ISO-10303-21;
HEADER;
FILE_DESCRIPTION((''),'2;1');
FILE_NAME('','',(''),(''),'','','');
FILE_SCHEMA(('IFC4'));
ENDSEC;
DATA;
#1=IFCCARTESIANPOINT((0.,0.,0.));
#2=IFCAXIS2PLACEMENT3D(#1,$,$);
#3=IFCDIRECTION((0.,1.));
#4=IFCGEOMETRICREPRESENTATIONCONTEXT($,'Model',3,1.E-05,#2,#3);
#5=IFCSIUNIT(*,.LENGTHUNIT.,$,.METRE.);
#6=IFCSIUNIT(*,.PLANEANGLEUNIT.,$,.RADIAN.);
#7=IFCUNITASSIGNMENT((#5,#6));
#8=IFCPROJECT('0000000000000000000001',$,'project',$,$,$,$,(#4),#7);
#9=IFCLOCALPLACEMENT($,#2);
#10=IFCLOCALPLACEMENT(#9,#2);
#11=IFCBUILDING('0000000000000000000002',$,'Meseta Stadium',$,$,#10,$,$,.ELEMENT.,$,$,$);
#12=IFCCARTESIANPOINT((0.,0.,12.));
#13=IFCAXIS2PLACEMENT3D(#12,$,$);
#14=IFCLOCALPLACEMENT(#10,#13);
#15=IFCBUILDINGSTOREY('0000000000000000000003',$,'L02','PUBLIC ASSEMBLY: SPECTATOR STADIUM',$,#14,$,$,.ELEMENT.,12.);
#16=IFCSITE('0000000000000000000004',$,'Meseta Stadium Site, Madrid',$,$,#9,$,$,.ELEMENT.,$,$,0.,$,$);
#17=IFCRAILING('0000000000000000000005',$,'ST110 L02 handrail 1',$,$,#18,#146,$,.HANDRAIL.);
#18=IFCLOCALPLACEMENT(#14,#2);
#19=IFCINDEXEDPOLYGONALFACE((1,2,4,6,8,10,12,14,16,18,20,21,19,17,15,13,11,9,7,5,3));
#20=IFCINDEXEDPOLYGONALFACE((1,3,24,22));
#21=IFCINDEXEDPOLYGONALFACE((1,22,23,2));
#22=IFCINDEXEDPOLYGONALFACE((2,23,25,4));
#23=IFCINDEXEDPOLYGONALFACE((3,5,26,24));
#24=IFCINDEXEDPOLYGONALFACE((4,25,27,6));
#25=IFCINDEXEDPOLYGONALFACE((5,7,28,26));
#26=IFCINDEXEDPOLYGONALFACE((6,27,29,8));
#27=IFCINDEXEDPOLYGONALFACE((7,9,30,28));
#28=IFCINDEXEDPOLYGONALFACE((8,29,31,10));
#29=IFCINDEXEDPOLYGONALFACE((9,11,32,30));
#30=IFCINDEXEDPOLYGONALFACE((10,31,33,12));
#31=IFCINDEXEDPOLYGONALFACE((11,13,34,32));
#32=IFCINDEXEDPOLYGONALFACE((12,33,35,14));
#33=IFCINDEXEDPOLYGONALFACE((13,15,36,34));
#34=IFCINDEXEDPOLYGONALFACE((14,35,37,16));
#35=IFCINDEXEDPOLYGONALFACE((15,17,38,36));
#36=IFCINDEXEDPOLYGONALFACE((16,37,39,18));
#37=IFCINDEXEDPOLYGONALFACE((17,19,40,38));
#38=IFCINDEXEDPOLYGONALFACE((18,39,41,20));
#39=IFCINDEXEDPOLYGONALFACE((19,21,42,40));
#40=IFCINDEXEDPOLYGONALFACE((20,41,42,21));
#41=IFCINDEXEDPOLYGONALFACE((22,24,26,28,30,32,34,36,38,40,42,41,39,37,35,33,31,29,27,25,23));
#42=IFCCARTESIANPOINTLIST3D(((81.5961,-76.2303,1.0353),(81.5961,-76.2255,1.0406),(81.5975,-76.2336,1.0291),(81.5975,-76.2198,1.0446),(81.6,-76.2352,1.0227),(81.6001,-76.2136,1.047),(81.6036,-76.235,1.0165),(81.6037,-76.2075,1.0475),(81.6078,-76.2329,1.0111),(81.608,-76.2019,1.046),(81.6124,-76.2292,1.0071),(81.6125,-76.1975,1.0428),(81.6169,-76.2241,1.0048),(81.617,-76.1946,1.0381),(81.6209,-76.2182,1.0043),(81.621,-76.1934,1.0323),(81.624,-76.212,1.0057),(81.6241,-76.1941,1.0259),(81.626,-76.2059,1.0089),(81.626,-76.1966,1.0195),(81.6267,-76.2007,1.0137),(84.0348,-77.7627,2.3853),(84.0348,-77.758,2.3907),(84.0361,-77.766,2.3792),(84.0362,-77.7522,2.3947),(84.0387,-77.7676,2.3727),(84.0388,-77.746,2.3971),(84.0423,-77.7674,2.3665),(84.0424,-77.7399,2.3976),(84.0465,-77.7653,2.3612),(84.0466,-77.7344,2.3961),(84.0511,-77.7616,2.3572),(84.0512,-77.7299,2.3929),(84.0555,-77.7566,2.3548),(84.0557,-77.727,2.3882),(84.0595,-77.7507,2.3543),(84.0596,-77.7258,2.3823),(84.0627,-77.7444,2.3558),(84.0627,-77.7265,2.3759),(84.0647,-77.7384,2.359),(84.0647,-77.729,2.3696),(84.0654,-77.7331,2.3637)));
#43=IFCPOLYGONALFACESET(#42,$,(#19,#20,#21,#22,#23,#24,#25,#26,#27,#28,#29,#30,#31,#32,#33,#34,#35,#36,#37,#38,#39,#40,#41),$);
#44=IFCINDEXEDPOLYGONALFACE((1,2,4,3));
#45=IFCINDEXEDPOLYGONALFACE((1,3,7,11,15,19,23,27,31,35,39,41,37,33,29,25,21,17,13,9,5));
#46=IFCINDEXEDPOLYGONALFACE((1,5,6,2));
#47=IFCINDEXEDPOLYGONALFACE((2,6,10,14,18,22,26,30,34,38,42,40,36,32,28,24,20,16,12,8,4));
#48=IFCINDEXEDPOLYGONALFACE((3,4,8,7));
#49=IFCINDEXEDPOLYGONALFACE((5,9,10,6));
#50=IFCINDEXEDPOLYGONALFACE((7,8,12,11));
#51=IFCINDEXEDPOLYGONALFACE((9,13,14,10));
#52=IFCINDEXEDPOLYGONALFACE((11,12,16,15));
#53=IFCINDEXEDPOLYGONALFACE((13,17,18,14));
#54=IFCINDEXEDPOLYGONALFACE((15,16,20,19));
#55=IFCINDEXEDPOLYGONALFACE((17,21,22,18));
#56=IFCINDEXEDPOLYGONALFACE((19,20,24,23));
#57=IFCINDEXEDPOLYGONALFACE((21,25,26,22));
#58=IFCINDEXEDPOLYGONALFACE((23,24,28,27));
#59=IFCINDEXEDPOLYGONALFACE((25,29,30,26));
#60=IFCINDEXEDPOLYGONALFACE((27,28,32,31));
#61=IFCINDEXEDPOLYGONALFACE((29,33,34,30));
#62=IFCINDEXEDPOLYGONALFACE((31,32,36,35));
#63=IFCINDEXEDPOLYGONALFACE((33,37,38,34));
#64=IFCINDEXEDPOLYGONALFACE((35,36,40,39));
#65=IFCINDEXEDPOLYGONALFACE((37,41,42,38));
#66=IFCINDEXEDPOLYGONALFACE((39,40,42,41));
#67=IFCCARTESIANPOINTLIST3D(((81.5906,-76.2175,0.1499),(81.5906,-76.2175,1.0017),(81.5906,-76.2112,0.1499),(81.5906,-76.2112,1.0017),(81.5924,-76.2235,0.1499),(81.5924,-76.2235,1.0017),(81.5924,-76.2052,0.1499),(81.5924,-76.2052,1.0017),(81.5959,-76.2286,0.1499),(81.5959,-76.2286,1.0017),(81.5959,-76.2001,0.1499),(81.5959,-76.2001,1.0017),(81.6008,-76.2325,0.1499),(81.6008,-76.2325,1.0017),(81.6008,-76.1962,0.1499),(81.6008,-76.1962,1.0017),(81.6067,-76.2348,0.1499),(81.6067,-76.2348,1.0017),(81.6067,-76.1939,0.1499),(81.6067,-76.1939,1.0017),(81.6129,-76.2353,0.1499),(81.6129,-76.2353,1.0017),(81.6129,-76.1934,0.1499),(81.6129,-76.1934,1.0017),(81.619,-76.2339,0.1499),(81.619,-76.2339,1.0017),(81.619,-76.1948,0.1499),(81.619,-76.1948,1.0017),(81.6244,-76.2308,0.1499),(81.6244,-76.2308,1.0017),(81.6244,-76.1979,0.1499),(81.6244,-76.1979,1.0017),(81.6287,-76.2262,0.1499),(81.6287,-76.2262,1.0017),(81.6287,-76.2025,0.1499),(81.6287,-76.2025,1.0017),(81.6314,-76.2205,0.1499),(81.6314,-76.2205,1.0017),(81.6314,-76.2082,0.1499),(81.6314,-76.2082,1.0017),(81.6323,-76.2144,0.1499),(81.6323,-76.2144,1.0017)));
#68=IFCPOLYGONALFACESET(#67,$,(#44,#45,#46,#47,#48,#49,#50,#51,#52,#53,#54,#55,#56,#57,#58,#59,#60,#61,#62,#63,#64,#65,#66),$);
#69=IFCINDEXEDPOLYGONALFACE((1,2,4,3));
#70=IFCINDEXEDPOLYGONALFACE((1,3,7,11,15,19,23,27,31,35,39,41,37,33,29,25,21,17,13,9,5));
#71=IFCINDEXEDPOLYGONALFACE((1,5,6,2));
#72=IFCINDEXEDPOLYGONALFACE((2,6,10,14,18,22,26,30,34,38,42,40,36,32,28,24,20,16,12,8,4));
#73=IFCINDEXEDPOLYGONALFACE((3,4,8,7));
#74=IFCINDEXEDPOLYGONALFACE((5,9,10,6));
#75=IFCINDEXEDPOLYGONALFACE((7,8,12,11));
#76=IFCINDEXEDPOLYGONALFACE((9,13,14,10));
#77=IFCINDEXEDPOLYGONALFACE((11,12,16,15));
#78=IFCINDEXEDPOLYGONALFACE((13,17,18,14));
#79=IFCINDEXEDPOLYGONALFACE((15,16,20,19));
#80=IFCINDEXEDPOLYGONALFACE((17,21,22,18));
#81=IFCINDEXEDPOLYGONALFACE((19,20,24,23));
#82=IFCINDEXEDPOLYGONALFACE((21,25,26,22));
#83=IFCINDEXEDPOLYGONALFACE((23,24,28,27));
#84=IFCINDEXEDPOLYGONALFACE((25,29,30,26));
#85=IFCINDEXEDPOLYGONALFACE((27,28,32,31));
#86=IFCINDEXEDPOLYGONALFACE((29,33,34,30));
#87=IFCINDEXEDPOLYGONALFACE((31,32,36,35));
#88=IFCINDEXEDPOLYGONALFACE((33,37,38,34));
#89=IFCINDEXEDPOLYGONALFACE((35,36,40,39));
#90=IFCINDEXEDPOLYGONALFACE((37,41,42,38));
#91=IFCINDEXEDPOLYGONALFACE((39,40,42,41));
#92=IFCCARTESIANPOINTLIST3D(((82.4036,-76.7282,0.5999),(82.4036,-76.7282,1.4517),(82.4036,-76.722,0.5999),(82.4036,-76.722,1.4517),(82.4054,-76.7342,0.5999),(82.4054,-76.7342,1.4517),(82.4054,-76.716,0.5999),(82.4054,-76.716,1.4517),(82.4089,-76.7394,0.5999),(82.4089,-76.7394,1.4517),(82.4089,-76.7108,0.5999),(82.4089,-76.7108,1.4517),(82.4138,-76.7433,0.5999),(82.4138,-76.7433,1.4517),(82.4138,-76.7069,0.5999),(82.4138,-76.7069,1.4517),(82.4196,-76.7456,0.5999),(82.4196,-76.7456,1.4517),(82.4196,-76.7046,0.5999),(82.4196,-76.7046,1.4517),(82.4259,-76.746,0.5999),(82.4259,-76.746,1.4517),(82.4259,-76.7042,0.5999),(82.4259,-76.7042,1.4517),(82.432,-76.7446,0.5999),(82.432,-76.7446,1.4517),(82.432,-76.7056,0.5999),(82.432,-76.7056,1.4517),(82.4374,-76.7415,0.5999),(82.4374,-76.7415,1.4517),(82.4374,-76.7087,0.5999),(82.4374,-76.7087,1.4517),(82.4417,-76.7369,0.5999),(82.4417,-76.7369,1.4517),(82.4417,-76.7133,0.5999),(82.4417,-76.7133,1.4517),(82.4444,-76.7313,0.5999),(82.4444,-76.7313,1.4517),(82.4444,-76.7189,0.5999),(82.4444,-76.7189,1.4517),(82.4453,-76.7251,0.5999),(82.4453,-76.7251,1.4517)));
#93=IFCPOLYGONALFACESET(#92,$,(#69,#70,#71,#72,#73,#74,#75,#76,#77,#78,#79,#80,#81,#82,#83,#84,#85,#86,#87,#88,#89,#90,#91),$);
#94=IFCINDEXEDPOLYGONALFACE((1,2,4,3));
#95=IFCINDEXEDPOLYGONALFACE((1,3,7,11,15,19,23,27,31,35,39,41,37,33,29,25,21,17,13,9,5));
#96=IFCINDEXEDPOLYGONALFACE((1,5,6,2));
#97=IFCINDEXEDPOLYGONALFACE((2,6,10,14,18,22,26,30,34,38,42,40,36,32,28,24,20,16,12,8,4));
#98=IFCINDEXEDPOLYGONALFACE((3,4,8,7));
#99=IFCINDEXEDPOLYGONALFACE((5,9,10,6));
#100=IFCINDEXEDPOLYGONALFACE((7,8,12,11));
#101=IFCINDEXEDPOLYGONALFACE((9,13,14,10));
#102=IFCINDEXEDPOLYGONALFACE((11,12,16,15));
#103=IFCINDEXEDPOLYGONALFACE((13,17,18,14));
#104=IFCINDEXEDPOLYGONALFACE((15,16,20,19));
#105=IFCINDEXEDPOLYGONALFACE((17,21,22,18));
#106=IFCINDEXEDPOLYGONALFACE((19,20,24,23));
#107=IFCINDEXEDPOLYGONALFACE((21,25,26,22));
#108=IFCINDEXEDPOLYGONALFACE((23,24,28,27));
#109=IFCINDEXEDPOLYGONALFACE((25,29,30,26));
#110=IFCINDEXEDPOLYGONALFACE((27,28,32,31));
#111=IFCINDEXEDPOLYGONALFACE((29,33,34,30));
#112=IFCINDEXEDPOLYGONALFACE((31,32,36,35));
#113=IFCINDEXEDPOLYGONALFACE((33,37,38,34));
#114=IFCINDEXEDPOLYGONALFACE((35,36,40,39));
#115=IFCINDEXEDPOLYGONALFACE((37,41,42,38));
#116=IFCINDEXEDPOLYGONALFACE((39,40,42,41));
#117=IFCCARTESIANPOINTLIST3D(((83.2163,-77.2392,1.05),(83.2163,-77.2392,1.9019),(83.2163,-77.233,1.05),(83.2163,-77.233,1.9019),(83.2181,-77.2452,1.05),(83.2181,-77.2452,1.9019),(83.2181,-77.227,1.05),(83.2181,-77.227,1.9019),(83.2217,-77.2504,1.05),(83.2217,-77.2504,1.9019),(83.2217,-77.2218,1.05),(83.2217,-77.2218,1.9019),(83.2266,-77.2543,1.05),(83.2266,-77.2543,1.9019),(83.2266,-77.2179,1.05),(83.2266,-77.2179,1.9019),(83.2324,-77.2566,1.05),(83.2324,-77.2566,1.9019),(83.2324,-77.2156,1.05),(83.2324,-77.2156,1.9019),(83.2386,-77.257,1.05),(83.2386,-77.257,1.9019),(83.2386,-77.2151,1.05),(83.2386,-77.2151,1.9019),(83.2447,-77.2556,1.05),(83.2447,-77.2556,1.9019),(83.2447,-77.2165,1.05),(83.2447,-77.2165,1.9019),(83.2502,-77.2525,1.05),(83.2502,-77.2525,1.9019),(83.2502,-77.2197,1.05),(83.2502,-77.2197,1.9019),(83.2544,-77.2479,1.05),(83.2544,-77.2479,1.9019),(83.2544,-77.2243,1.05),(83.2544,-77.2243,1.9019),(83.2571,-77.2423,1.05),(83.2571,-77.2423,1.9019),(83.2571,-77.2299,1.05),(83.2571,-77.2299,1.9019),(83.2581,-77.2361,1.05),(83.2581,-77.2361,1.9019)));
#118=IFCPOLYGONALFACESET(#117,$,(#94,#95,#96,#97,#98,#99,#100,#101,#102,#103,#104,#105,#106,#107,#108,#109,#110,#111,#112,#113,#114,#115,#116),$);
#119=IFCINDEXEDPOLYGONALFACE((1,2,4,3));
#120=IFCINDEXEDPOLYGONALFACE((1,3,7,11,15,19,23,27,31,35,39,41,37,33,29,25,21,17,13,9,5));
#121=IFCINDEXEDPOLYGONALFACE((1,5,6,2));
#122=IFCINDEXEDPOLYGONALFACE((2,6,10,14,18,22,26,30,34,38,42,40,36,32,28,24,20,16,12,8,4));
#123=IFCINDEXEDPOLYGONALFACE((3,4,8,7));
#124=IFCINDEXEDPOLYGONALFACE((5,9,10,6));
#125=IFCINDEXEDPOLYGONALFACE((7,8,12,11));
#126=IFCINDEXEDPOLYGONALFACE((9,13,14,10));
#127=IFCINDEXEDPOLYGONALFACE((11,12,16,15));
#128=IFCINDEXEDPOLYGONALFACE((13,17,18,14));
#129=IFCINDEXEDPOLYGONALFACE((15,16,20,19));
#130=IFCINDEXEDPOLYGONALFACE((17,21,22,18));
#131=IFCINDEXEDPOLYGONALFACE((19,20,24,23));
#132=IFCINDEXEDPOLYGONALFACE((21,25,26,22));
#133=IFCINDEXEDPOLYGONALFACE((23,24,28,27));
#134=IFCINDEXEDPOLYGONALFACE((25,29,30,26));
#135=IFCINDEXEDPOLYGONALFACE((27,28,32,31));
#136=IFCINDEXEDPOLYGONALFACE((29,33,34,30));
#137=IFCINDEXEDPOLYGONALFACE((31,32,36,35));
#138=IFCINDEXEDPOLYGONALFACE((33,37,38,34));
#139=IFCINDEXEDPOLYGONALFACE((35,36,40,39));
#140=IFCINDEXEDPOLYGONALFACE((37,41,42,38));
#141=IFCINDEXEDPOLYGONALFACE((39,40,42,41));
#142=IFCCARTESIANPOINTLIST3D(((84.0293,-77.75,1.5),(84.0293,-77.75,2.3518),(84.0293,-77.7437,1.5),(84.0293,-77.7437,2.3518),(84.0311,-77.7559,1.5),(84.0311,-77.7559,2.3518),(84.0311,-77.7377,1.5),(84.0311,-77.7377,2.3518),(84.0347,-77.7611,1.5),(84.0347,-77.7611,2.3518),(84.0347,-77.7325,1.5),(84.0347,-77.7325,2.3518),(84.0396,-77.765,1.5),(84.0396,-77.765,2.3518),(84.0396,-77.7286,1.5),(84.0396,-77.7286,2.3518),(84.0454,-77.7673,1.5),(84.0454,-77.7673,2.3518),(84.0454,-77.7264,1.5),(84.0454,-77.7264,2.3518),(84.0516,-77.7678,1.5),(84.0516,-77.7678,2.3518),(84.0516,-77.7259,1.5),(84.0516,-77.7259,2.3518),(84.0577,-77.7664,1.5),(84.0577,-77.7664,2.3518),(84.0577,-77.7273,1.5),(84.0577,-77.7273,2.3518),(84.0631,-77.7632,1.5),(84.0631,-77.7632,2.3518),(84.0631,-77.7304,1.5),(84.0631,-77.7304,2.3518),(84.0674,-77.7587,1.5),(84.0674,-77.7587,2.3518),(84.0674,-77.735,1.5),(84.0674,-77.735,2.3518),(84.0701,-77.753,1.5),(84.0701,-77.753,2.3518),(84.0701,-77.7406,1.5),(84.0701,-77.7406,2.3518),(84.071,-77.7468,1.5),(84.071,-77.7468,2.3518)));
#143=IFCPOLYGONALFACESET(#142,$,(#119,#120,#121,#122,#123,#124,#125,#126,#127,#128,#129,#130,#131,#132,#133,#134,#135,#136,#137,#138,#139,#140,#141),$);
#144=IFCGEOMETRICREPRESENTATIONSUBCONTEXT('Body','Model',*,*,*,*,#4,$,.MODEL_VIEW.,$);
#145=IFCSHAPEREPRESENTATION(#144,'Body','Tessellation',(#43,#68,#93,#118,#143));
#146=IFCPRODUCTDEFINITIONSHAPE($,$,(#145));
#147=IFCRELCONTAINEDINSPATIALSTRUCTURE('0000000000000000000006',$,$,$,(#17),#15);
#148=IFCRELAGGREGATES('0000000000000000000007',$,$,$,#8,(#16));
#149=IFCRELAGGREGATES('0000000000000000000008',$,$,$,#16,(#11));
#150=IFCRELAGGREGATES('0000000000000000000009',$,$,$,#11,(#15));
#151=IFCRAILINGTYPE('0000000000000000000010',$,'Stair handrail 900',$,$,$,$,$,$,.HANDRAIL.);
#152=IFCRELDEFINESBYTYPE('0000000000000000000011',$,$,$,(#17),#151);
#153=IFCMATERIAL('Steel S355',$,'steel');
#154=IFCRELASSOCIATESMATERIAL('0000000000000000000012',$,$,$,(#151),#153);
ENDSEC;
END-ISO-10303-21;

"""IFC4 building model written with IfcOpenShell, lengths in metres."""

from ifc_helpers import new_model, si_unit, direction, frame, origin, origin_2d, place, context, subcontext, project, spatial, circle, extrude, material, type_object, element, save


model = new_model("IFC4")

# Units and contexts
model_context = context("Model", 3, precision=1e-05, world=origin(), true_north=direction((0.0, 1.0)))
body_context = subcontext(model_context, "Body", "Model", "MODEL_VIEW")
ifc_project = project(units=[si_unit("LENGTHUNIT", "METRE"), si_unit("PLANEANGLEUNIT", "RADIAN")], contexts=[model_context])

# Site, building, storey
site_placement = place(None, origin())
site = spatial("IfcSite", under=ifc_project, at=site_placement, Name="Meseta Stadium Site, Madrid", CompositionType="ELEMENT", RefElevation=0.0)
building_placement = place(site_placement, origin())
building = spatial("IfcBuilding", under=site, at=building_placement, Name="Meseta Stadium", CompositionType="ELEMENT")
storey_placement = place(building_placement, frame((0.0, 0.0, 12.0)))
storey = spatial("IfcBuildingStorey", under=building, at=storey_placement, Name="L02", Description="PUBLIC ASSEMBLY: SPECTATOR STADIUM", CompositionType="ELEMENT", Elevation=12.0)

# Railing
ifc_material_1 = material(Name="Steel S355", Category="steel")
railing_type_1 = type_object("IfcRailingType", Name="Stair handrail 900", PredefinedType="HANDRAIL", material=ifc_material_1)
railing_1_placement = place(storey_placement, frame((81.6113, -76.2144, 0.1499)))
element("IfcRailing", 1, at=railing_1_placement, inside=storey, type_object=railing_type_1, Name="ST110 L02 handrail 1", PredefinedType="HANDRAIL", context=body_context, shape_type="SweptSolid", body=[
    extrude(circle(Radius=0.0239, at=origin_2d()), frame((0.0, 0.0, 0.876), z_axis=(0.766659, -0.481762, 0.424429), x_axis=(0.532062, 0.846705, 0.0)), (0.0, 0.0, 1.0), 3.1809),
    extrude(circle(Radius=0.021, at=origin_2d()), origin(), (0.0, 0.0, 1.0), 0.8518),
    extrude(circle(Radius=0.021, at=origin_2d()), frame((0.813, -0.5107, 0.45)), (0.0, 0.0, 1.0), 0.8518),
    extrude(circle(Radius=0.021, at=origin_2d()), frame((1.6257, -1.0217, 0.9001)), (0.0, 0.0, 1.0), 0.8518),
    extrude(circle(Radius=0.021, at=origin_2d()), frame((2.4387, -1.5325, 1.3501)), (0.0, 0.0, 1.0), 0.8518),
])

save(model, "model.ifc")
